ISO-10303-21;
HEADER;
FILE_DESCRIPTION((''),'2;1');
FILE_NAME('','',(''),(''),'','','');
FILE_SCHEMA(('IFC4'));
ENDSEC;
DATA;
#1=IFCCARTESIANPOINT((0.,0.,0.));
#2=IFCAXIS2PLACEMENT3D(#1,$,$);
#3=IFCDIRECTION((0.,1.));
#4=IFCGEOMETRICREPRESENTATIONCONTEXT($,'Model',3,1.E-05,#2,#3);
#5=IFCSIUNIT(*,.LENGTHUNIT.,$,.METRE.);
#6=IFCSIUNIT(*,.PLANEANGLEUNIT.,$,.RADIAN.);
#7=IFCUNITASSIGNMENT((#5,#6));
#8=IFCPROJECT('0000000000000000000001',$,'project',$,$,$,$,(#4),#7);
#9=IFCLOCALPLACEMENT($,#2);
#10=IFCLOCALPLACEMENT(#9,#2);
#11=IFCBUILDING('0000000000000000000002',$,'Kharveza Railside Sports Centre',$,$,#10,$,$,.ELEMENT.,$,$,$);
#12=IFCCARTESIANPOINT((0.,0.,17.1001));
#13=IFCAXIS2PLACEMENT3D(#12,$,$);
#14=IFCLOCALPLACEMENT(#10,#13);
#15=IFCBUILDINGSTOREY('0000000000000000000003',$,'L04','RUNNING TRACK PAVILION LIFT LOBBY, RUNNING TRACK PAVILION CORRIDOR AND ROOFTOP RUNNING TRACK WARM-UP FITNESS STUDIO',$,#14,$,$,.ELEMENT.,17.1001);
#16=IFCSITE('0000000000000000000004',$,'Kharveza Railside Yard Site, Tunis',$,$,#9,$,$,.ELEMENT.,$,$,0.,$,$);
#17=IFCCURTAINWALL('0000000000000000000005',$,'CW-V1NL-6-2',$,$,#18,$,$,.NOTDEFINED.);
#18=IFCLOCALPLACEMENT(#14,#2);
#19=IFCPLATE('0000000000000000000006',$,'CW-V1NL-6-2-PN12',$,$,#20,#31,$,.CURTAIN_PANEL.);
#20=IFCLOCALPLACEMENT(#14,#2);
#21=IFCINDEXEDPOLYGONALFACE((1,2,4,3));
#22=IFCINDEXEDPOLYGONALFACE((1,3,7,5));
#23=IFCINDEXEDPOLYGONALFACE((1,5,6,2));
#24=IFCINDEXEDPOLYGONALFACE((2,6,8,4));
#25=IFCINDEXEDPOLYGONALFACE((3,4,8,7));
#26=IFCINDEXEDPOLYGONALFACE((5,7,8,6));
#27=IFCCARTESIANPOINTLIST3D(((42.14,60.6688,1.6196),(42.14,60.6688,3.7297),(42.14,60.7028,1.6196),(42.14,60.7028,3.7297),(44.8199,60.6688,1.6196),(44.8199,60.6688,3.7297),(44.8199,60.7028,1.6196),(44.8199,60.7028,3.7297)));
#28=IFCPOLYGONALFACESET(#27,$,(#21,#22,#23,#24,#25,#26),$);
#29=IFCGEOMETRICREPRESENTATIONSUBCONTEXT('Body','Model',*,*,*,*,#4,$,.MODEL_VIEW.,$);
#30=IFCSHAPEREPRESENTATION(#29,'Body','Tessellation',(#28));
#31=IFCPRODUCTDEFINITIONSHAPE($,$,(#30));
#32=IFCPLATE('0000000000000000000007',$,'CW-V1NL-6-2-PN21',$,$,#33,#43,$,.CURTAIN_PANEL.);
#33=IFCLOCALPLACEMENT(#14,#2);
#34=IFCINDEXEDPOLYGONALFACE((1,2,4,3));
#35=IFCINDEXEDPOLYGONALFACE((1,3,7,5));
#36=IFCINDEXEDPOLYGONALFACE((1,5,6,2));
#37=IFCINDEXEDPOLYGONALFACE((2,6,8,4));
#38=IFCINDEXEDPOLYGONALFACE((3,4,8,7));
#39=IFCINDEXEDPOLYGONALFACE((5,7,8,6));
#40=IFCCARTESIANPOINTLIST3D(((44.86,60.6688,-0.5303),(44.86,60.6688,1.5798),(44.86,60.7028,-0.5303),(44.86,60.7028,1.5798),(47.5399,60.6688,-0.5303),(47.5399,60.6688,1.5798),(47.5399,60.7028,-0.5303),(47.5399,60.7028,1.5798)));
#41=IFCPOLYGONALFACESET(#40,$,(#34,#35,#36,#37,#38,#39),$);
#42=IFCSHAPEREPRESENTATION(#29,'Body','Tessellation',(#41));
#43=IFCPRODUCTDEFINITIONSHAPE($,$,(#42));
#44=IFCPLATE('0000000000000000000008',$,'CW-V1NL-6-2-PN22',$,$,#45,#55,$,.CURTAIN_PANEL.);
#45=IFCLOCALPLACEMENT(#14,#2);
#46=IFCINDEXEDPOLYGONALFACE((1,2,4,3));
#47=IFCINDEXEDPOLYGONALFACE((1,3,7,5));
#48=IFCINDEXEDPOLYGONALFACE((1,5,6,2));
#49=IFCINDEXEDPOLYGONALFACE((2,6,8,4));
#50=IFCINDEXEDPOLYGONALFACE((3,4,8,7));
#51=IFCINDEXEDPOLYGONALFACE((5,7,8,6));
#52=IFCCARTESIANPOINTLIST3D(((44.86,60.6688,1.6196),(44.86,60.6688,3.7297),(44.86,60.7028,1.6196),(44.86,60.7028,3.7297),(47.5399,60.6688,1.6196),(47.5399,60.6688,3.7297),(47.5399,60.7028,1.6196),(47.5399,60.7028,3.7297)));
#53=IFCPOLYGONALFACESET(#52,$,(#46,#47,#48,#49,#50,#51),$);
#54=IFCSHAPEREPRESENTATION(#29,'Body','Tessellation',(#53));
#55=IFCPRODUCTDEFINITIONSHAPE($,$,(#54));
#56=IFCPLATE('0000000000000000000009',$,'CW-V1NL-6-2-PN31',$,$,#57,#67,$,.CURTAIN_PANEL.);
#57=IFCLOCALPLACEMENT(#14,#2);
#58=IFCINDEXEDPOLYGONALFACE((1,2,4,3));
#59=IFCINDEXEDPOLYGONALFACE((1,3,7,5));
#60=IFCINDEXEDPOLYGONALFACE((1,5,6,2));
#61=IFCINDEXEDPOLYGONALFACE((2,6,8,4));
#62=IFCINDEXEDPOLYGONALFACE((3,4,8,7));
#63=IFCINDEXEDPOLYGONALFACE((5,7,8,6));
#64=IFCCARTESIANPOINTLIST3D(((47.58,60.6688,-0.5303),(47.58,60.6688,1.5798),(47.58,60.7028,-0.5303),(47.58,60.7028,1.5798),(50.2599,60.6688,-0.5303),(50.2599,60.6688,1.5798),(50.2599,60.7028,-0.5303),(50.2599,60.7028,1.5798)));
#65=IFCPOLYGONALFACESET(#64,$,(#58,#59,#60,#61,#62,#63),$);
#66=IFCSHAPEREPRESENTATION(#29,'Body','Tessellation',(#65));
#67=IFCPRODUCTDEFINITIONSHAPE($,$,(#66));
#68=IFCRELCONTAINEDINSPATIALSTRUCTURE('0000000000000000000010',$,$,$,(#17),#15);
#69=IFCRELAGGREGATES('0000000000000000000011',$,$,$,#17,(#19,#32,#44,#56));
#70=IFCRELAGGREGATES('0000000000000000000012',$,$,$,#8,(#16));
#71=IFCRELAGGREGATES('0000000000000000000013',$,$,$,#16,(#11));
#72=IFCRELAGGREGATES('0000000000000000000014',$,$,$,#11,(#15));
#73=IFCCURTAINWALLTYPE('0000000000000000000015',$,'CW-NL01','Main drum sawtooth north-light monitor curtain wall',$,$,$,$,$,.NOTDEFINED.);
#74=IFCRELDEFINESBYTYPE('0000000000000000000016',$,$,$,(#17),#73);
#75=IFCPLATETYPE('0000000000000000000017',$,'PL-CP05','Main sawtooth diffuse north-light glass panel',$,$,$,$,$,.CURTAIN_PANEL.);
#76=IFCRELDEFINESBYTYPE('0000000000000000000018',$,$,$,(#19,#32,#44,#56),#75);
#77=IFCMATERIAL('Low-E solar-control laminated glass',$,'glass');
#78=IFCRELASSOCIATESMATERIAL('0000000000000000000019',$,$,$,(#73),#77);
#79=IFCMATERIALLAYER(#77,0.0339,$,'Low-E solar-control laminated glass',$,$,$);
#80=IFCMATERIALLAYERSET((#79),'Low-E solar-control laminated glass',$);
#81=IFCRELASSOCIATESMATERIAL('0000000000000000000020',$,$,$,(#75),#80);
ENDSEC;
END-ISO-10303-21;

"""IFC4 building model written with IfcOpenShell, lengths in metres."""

from ifc_helpers import new_model, si_unit, direction, frame, origin, origin_2d, place, context, subcontext, project, spatial, rectangle, extrude, material, layer, layer_set, type_object, element, aggregate, save


model = new_model("IFC4")

# Units and contexts
model_context = context("Model", 3, precision=1e-05, world=origin(), true_north=direction((0.0, 1.0)))
body_context = subcontext(model_context, "Body", "Model", "MODEL_VIEW")
ifc_project = project(units=[si_unit("LENGTHUNIT", "METRE"), si_unit("PLANEANGLEUNIT", "RADIAN")], contexts=[model_context])

# Site, building, storey
site_placement = place(None, origin())
site = spatial("IfcSite", under=ifc_project, at=site_placement, Name="Kharveza Railside Yard Site, Tunis", CompositionType="ELEMENT", RefElevation=0.0)
building_placement = place(site_placement, origin())
building = spatial("IfcBuilding", under=site, at=building_placement, Name="Kharveza Railside Sports Centre", CompositionType="ELEMENT")
storey_placement = place(building_placement, frame((0.0, 0.0, 17.1001)))
storey = spatial("IfcBuildingStorey", under=building, at=storey_placement, Name="L04", Description="RUNNING TRACK PAVILION LIFT LOBBY, RUNNING TRACK PAVILION CORRIDOR AND ROOFTOP RUNNING TRACK WARM-UP FITNESS STUDIO", CompositionType="ELEMENT", Elevation=17.1001)

# Curtain wall
ifc_material_1 = material(Name="Low-E solar-control laminated glass", Category="glass")
curtain_wall_type = type_object("IfcCurtainWallType", Name="CW-NL01", Description="Main drum sawtooth north-light monitor curtain wall", PredefinedType="NOTDEFINED", material=ifc_material_1)
curtain_wall_1_placement = place(storey_placement, origin())
curtain_wall_1 = element("IfcCurtainWall", 1, at=curtain_wall_1_placement, inside=storey, type_object=curtain_wall_type, Name="CW-V1NL-6-2", PredefinedType="NOTDEFINED")

# Plates
ifc_layer = layer(ifc_material_1, 0.0339, Name="Low-E solar-control laminated glass")
ifc_layer_set = layer_set([ifc_layer], Name="Low-E solar-control laminated glass")
plate_type = type_object("IfcPlateType", Name="PL-CP05", Description="Main sawtooth diffuse north-light glass panel", PredefinedType="CURTAIN_PANEL", material=ifc_layer_set)
plate_1_placement = place(storey_placement, frame((43.48, 60.6858, 1.6196), z_axis=(0.0, 0.0, 1.0), x_axis=(1.0, 0.0, 0.0)))
plate_1 = element("IfcPlate", 2, at=plate_1_placement, type_object=plate_type, Name="CW-V1NL-6-2-PN12", PredefinedType="CURTAIN_PANEL", context=body_context, shape_type="SweptSolid", body=[
    extrude(rectangle(XDim=2.6799, YDim=0.0339, at=origin_2d()), origin(), (0.0, 0.0, 1.0), 2.1101),
])
plate_2_placement = place(storey_placement, frame((46.2, 60.6858, -0.5303), z_axis=(0.0, 0.0, 1.0), x_axis=(1.0, 0.0, 0.0)))
plate_2 = element("IfcPlate", 3, at=plate_2_placement, type_object=plate_type, Name="CW-V1NL-6-2-PN21", PredefinedType="CURTAIN_PANEL", context=body_context, shape_type="SweptSolid", body=[
    extrude(rectangle(XDim=2.6799, YDim=0.0339, at=origin_2d()), origin(), (0.0, 0.0, 1.0), 2.1101),
])
plate_3_placement = place(storey_placement, frame((46.2, 60.6858, 1.6196), z_axis=(0.0, 0.0, 1.0), x_axis=(1.0, 0.0, 0.0)))
plate_3 = element("IfcPlate", 4, at=plate_3_placement, type_object=plate_type, Name="CW-V1NL-6-2-PN22", PredefinedType="CURTAIN_PANEL", context=body_context, shape_type="SweptSolid", body=[
    extrude(rectangle(XDim=2.6799, YDim=0.0339, at=origin_2d()), origin(), (0.0, 0.0, 1.0), 2.1101),
])
plate_4_placement = place(storey_placement, frame((48.9199, 60.6858, -0.5303), z_axis=(0.0, 0.0, 1.0), x_axis=(1.0, 0.0, 0.0)))
plate_4 = element("IfcPlate", 5, at=plate_4_placement, type_object=plate_type, Name="CW-V1NL-6-2-PN31", PredefinedType="CURTAIN_PANEL", context=body_context, shape_type="SweptSolid", body=[
    extrude(rectangle(XDim=2.6799, YDim=0.0339, at=origin_2d()), origin(), (0.0, 0.0, 1.0), 2.1101),
])
aggregate(curtain_wall_1, [plate_1, plate_2, plate_3, plate_4])

save(model, "model.ifc")
